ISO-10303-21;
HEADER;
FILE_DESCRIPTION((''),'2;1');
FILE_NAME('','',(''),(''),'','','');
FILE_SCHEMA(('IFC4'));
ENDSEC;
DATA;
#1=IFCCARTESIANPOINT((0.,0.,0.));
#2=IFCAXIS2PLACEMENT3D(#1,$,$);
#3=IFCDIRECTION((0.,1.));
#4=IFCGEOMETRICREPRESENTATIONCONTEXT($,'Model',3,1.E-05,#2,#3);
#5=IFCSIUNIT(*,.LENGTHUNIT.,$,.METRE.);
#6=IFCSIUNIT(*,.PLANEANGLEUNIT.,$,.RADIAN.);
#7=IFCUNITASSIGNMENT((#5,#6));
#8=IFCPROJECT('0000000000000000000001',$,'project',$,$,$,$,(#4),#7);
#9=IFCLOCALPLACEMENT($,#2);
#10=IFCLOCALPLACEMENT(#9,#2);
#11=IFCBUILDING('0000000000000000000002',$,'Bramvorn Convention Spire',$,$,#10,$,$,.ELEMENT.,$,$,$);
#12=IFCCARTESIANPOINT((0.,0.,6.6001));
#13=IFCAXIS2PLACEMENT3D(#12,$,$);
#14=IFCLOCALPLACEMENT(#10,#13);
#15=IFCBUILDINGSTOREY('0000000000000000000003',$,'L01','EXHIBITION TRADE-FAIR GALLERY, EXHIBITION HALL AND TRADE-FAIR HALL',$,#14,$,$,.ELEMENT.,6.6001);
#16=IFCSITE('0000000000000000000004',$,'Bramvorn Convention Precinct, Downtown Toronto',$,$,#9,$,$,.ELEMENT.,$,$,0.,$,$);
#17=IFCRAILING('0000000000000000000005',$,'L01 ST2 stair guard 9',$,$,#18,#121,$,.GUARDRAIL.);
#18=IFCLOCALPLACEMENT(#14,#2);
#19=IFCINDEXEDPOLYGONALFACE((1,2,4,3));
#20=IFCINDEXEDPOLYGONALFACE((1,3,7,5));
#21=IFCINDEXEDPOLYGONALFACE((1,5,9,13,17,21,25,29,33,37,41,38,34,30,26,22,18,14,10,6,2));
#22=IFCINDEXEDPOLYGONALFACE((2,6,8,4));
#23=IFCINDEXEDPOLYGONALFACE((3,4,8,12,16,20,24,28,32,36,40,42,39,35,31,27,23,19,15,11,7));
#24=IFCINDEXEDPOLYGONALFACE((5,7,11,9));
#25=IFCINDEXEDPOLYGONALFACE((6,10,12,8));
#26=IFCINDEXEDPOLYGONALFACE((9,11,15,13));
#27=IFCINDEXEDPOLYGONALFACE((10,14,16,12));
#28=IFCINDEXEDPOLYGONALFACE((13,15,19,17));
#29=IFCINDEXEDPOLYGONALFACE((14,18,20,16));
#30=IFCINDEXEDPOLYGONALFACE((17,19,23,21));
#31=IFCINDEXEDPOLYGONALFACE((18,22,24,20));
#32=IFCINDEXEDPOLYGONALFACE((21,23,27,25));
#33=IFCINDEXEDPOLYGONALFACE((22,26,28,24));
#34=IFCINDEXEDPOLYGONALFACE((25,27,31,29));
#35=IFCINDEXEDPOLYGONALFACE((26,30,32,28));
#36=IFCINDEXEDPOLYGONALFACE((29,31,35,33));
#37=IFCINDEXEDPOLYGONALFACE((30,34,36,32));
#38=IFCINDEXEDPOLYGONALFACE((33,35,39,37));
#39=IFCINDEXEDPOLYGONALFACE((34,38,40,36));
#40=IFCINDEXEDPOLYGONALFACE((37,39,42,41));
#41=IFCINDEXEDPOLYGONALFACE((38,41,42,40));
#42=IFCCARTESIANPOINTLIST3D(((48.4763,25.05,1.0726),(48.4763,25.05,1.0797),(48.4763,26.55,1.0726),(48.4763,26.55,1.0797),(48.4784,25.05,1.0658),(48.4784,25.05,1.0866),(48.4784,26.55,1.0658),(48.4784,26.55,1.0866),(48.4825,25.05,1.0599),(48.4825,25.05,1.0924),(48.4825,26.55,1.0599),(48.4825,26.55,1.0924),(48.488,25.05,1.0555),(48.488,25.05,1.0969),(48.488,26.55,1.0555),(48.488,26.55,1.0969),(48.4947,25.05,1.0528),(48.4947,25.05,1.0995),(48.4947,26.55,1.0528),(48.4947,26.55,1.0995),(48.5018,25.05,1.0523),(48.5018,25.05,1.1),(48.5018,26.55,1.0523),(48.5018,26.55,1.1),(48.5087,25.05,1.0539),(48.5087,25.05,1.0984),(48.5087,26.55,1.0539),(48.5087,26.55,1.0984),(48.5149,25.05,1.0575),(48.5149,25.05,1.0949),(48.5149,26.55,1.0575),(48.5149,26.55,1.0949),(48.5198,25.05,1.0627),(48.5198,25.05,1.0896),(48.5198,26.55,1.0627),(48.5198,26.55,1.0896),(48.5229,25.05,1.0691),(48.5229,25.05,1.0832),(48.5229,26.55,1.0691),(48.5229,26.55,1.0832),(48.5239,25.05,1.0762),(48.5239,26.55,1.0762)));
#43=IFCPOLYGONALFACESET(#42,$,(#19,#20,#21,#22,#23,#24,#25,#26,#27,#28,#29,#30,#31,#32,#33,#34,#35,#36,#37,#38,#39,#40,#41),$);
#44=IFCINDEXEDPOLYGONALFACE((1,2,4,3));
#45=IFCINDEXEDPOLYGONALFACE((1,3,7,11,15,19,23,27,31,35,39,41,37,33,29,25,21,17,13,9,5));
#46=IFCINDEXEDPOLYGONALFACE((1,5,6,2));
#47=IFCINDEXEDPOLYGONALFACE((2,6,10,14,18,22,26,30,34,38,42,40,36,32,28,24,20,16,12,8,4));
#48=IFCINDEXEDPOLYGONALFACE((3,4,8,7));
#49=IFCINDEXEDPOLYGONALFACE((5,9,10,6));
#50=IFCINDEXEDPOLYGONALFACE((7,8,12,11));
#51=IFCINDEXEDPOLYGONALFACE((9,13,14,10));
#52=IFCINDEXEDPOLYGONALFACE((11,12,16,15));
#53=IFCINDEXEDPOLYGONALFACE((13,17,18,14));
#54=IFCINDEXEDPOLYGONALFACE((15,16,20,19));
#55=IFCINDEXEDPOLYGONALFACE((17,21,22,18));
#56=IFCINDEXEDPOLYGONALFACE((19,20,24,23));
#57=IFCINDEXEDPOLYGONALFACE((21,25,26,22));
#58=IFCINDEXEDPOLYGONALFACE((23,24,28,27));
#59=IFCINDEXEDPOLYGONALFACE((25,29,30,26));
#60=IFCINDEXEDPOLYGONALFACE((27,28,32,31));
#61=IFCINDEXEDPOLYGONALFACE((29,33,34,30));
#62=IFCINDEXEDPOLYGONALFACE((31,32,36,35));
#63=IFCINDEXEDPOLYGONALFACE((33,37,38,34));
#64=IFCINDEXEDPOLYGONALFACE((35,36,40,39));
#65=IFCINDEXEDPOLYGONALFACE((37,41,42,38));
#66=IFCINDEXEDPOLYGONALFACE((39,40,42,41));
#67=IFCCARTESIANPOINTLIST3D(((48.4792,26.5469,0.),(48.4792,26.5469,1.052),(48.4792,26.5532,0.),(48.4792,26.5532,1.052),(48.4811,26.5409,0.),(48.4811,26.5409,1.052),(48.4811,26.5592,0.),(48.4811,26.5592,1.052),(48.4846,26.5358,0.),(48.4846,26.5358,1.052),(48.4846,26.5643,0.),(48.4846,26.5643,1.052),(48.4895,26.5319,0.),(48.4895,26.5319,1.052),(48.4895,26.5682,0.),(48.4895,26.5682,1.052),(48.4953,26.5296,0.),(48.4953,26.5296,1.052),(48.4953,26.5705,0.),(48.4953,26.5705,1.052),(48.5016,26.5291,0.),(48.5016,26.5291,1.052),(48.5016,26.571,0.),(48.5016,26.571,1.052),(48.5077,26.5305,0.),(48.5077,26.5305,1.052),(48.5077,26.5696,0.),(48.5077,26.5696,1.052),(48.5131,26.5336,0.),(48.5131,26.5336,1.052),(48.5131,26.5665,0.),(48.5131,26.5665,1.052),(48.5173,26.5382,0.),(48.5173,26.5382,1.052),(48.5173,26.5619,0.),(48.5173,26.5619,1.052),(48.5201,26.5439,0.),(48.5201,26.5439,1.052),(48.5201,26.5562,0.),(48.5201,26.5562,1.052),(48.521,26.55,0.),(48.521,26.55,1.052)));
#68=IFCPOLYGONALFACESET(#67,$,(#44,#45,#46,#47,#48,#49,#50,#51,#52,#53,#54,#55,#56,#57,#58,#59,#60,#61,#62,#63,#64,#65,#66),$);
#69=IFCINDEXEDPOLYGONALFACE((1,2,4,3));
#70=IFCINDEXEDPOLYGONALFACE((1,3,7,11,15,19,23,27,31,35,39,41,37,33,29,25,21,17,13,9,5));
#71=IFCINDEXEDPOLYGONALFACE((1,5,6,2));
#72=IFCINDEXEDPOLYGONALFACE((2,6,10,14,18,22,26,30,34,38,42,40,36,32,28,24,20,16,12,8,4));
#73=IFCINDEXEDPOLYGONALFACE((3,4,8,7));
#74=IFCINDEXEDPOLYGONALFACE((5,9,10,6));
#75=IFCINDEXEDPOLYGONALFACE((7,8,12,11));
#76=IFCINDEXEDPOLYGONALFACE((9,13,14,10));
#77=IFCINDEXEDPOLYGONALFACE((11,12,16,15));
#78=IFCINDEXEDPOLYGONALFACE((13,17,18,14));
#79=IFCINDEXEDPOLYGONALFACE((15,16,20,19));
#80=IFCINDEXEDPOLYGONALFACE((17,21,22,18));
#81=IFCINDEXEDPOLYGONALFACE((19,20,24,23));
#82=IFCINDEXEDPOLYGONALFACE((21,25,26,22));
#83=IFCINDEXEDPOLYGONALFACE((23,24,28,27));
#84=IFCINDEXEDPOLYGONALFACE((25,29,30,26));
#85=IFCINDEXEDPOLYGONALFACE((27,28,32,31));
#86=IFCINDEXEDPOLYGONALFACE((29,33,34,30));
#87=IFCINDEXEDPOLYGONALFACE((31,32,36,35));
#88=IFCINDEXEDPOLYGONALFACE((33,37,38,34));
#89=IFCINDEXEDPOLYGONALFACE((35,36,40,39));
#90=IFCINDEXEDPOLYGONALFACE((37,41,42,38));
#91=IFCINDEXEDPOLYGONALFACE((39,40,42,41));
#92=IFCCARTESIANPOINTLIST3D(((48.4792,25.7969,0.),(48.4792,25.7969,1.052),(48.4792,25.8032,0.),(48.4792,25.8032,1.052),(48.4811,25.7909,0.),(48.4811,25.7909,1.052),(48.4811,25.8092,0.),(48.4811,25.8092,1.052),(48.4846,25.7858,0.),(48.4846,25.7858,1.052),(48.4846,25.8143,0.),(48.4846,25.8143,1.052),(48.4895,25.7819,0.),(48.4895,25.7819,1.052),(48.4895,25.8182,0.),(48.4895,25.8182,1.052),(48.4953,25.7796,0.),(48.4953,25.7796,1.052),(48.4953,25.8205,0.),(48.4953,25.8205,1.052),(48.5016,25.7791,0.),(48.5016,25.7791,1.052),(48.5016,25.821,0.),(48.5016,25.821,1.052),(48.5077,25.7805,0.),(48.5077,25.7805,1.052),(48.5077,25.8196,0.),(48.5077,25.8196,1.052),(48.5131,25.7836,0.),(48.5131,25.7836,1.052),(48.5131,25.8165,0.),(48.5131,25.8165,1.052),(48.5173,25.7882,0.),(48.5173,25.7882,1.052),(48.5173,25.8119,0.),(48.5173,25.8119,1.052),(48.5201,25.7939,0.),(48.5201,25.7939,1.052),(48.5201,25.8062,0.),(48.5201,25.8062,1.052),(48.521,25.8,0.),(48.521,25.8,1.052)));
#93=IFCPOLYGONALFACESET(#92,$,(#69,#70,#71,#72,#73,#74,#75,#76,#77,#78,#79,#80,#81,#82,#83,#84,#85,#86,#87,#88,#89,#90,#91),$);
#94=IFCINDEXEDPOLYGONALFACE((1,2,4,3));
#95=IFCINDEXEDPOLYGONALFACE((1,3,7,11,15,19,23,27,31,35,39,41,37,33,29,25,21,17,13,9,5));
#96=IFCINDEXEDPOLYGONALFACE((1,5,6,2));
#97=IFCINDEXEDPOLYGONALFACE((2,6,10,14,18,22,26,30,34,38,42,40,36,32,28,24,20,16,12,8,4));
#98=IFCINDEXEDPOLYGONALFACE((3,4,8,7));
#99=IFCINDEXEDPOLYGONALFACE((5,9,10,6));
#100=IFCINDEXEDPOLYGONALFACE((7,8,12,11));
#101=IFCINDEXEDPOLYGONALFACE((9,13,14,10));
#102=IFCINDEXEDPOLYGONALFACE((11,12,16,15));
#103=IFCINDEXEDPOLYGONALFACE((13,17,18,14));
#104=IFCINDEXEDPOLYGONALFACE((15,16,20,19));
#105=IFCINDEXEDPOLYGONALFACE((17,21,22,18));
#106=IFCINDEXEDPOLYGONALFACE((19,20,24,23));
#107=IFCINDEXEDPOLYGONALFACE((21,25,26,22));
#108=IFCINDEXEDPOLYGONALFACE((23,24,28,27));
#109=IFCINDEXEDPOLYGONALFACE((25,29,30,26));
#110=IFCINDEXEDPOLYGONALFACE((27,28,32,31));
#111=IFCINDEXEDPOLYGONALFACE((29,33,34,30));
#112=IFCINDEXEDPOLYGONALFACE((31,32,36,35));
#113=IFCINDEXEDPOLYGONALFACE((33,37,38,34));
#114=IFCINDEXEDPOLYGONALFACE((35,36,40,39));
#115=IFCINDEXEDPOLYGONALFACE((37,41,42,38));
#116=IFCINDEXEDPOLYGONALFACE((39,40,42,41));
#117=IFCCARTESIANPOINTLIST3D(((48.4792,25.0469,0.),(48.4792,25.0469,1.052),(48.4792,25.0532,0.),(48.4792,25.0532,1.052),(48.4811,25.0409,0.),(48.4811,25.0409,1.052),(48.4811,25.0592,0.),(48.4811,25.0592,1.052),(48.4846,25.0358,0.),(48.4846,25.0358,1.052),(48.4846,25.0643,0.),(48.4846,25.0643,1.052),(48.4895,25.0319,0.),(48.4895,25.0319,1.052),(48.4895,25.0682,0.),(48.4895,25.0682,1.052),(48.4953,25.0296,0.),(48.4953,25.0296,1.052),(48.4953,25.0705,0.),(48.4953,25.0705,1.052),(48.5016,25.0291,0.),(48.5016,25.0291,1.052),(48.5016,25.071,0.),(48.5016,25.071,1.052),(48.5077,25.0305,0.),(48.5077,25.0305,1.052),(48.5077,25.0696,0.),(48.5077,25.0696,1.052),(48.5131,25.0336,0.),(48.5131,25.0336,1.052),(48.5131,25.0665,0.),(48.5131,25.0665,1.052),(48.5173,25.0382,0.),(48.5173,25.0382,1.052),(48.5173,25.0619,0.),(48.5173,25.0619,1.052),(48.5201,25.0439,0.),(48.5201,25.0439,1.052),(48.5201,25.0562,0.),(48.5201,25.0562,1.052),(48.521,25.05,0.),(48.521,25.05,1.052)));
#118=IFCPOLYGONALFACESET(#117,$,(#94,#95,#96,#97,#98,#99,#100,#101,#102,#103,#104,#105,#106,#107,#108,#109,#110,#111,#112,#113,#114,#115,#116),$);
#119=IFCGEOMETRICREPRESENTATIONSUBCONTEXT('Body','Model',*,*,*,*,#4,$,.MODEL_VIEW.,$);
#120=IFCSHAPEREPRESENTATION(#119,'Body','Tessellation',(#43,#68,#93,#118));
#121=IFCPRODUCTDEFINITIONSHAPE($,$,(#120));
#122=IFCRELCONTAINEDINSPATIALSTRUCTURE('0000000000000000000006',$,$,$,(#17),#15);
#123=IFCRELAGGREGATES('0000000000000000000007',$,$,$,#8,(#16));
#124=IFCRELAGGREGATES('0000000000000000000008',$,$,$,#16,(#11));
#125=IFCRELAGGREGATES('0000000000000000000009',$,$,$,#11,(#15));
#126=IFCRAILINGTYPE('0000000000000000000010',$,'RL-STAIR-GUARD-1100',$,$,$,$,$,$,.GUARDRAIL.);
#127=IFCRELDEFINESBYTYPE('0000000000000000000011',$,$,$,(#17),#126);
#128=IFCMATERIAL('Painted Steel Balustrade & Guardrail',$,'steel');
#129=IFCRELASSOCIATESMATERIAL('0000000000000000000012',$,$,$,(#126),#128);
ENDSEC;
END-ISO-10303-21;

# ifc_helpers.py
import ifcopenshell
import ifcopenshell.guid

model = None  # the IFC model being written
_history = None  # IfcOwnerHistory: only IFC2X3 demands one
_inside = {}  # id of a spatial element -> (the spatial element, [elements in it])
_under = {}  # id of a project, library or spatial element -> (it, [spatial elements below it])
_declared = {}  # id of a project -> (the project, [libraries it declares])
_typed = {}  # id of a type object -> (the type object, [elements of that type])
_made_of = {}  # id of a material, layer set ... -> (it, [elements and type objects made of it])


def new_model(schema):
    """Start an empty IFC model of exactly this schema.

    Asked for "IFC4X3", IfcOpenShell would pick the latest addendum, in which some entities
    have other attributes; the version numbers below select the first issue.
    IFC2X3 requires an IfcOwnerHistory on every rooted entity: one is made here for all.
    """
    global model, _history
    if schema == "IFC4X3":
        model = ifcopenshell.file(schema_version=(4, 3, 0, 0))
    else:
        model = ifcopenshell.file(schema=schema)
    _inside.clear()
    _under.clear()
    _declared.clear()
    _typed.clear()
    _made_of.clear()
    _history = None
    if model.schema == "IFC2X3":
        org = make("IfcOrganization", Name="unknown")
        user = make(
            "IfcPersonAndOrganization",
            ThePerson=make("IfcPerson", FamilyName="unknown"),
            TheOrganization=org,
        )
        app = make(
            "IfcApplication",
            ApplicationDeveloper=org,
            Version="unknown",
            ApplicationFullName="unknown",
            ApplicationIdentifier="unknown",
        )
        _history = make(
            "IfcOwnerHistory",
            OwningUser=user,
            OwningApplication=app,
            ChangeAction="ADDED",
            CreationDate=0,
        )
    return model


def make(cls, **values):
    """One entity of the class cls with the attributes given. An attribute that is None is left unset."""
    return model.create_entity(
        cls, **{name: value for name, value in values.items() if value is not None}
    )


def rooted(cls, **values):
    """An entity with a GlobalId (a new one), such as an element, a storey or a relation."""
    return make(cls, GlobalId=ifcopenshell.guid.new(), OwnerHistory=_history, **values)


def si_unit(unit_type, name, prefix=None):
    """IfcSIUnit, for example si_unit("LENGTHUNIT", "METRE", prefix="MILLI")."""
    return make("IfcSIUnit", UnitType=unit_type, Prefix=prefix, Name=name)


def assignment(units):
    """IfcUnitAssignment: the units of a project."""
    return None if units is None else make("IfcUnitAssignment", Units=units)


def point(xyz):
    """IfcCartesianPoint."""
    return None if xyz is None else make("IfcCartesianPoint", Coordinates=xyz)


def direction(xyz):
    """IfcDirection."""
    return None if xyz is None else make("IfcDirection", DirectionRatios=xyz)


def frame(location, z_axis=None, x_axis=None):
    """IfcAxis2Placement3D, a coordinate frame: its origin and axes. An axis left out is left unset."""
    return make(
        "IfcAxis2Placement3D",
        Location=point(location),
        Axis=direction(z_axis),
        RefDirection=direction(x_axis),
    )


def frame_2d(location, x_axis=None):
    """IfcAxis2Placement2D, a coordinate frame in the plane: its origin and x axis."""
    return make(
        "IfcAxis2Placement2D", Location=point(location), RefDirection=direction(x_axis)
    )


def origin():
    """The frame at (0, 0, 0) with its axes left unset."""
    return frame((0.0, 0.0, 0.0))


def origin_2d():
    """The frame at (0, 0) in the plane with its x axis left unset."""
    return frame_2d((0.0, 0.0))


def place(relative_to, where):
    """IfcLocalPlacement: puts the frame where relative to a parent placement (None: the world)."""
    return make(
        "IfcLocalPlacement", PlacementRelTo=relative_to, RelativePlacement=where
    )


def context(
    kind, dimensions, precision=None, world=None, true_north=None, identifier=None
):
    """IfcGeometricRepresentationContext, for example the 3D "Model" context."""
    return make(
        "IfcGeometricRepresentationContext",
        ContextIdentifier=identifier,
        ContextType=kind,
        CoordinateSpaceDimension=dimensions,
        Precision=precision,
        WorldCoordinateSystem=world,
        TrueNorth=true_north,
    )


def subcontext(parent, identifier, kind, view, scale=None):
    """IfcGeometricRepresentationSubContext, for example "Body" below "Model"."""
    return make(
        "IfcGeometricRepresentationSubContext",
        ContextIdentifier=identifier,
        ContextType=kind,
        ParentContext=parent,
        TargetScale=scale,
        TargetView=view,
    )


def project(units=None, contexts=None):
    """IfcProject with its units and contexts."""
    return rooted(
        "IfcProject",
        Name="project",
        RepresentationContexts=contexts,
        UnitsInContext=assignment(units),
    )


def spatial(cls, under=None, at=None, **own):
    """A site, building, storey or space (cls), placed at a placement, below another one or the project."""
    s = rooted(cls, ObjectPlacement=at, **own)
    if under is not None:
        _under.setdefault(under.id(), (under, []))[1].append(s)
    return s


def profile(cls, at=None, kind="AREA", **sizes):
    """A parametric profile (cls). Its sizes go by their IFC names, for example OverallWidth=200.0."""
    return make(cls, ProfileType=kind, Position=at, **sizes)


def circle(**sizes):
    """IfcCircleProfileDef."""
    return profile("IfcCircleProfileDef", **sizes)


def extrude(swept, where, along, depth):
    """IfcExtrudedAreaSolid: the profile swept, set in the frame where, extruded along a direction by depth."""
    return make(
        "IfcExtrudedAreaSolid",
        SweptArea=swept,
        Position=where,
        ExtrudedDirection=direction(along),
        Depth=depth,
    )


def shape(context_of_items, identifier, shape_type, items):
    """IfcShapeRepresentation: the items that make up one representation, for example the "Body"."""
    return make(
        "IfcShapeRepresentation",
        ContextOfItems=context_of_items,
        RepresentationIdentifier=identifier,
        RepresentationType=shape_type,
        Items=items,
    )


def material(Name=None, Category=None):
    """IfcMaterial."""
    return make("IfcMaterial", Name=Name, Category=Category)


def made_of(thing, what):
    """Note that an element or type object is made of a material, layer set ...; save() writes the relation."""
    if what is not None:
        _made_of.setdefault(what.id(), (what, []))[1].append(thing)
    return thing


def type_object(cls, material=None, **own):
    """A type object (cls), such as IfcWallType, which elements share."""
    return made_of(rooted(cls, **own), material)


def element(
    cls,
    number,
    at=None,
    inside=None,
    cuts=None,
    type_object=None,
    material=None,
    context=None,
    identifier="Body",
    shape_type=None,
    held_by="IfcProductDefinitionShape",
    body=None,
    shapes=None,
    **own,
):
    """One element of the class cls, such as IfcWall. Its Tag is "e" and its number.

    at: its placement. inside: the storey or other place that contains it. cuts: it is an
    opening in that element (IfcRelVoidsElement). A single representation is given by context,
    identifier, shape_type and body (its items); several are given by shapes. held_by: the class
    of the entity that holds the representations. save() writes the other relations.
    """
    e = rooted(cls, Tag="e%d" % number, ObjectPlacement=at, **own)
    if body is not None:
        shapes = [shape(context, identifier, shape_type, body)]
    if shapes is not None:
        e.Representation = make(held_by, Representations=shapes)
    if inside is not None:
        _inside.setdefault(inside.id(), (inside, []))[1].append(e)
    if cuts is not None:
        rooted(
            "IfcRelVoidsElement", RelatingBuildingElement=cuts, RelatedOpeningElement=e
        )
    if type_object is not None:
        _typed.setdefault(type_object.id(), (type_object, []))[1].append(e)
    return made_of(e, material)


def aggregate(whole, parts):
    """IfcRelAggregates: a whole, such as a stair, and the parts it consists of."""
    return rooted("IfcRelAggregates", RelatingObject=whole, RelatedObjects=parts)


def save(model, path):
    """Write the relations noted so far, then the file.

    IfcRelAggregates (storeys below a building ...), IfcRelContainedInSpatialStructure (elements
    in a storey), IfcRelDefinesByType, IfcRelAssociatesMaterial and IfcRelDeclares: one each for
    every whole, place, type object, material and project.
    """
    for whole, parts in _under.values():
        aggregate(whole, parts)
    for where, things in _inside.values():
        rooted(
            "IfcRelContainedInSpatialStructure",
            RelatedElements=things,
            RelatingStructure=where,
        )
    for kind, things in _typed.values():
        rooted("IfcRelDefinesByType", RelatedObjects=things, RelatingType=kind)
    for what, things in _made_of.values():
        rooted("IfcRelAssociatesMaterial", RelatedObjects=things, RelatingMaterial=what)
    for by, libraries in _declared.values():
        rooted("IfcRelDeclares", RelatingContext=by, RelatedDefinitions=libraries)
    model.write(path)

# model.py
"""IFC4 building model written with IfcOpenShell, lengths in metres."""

from ifc_helpers import new_model, si_unit, direction, frame, origin, origin_2d, place, context, subcontext, project, spatial, circle, extrude, material, type_object, element, save


model = new_model("IFC4")

# Units and contexts
model_context = context("Model", 3, precision=1e-05, world=origin(), true_north=direction((0.0, 1.0)))
body_context = subcontext(model_context, "Body", "Model", "MODEL_VIEW")
ifc_project = project(units=[si_unit("LENGTHUNIT", "METRE"), si_unit("PLANEANGLEUNIT", "RADIAN")], contexts=[model_context])

# Site, building, storey
site_placement = place(None, origin())
site = spatial("IfcSite", under=ifc_project, at=site_placement, Name="Bramvorn Convention Precinct, Downtown Toronto", CompositionType="ELEMENT", RefElevation=0.0)
building_placement = place(site_placement, origin())
building = spatial("IfcBuilding", under=site, at=building_placement, Name="Bramvorn Convention Spire", CompositionType="ELEMENT")
storey_placement = place(building_placement, frame((0.0, 0.0, 6.6001)))
storey = spatial("IfcBuildingStorey", under=building, at=storey_placement, Name="L01", Description="EXHIBITION TRADE-FAIR GALLERY, EXHIBITION HALL AND TRADE-FAIR HALL", CompositionType="ELEMENT", Elevation=6.6001)

# Railing
ifc_material_1 = material(Name="Painted Steel Balustrade & Guardrail", Category="steel")
railing_type_1 = type_object("IfcRailingType", Name="RL-STAIR-GUARD-1100", PredefinedType="GUARDRAIL", material=ifc_material_1)
for number, where, name in (
    (1, (48.5, 26.55, 0.0), "L01 ST2 stair guard 9"),
):
    element("IfcRailing", number, at=place(storey_placement, frame(where)), inside=storey, type_object=railing_type_1, Name=name, PredefinedType="GUARDRAIL", context=body_context, shape_type="SweptSolid", body=[
        extrude(circle(Radius=0.0239, at=origin_2d()), frame((0.0, 0.0, 1.0762), z_axis=(0.0, -1.0, 0.0), x_axis=(1.0, 0.0, 0.0)), (0.0, 0.0, 1.0), 1.5),
        extrude(circle(Radius=0.021, at=origin_2d()), origin(), (0.0, 0.0, 1.0), 1.052),
        extrude(circle(Radius=0.021, at=origin_2d()), frame((0.0, -0.75, 0.0)), (0.0, 0.0, 1.0), 1.052),
        extrude(circle(Radius=0.021, at=origin_2d()), frame((0.0, -1.5, 0.0)), (0.0, 0.0, 1.0), 1.052),
    ])

save(model, "model.ifc")
